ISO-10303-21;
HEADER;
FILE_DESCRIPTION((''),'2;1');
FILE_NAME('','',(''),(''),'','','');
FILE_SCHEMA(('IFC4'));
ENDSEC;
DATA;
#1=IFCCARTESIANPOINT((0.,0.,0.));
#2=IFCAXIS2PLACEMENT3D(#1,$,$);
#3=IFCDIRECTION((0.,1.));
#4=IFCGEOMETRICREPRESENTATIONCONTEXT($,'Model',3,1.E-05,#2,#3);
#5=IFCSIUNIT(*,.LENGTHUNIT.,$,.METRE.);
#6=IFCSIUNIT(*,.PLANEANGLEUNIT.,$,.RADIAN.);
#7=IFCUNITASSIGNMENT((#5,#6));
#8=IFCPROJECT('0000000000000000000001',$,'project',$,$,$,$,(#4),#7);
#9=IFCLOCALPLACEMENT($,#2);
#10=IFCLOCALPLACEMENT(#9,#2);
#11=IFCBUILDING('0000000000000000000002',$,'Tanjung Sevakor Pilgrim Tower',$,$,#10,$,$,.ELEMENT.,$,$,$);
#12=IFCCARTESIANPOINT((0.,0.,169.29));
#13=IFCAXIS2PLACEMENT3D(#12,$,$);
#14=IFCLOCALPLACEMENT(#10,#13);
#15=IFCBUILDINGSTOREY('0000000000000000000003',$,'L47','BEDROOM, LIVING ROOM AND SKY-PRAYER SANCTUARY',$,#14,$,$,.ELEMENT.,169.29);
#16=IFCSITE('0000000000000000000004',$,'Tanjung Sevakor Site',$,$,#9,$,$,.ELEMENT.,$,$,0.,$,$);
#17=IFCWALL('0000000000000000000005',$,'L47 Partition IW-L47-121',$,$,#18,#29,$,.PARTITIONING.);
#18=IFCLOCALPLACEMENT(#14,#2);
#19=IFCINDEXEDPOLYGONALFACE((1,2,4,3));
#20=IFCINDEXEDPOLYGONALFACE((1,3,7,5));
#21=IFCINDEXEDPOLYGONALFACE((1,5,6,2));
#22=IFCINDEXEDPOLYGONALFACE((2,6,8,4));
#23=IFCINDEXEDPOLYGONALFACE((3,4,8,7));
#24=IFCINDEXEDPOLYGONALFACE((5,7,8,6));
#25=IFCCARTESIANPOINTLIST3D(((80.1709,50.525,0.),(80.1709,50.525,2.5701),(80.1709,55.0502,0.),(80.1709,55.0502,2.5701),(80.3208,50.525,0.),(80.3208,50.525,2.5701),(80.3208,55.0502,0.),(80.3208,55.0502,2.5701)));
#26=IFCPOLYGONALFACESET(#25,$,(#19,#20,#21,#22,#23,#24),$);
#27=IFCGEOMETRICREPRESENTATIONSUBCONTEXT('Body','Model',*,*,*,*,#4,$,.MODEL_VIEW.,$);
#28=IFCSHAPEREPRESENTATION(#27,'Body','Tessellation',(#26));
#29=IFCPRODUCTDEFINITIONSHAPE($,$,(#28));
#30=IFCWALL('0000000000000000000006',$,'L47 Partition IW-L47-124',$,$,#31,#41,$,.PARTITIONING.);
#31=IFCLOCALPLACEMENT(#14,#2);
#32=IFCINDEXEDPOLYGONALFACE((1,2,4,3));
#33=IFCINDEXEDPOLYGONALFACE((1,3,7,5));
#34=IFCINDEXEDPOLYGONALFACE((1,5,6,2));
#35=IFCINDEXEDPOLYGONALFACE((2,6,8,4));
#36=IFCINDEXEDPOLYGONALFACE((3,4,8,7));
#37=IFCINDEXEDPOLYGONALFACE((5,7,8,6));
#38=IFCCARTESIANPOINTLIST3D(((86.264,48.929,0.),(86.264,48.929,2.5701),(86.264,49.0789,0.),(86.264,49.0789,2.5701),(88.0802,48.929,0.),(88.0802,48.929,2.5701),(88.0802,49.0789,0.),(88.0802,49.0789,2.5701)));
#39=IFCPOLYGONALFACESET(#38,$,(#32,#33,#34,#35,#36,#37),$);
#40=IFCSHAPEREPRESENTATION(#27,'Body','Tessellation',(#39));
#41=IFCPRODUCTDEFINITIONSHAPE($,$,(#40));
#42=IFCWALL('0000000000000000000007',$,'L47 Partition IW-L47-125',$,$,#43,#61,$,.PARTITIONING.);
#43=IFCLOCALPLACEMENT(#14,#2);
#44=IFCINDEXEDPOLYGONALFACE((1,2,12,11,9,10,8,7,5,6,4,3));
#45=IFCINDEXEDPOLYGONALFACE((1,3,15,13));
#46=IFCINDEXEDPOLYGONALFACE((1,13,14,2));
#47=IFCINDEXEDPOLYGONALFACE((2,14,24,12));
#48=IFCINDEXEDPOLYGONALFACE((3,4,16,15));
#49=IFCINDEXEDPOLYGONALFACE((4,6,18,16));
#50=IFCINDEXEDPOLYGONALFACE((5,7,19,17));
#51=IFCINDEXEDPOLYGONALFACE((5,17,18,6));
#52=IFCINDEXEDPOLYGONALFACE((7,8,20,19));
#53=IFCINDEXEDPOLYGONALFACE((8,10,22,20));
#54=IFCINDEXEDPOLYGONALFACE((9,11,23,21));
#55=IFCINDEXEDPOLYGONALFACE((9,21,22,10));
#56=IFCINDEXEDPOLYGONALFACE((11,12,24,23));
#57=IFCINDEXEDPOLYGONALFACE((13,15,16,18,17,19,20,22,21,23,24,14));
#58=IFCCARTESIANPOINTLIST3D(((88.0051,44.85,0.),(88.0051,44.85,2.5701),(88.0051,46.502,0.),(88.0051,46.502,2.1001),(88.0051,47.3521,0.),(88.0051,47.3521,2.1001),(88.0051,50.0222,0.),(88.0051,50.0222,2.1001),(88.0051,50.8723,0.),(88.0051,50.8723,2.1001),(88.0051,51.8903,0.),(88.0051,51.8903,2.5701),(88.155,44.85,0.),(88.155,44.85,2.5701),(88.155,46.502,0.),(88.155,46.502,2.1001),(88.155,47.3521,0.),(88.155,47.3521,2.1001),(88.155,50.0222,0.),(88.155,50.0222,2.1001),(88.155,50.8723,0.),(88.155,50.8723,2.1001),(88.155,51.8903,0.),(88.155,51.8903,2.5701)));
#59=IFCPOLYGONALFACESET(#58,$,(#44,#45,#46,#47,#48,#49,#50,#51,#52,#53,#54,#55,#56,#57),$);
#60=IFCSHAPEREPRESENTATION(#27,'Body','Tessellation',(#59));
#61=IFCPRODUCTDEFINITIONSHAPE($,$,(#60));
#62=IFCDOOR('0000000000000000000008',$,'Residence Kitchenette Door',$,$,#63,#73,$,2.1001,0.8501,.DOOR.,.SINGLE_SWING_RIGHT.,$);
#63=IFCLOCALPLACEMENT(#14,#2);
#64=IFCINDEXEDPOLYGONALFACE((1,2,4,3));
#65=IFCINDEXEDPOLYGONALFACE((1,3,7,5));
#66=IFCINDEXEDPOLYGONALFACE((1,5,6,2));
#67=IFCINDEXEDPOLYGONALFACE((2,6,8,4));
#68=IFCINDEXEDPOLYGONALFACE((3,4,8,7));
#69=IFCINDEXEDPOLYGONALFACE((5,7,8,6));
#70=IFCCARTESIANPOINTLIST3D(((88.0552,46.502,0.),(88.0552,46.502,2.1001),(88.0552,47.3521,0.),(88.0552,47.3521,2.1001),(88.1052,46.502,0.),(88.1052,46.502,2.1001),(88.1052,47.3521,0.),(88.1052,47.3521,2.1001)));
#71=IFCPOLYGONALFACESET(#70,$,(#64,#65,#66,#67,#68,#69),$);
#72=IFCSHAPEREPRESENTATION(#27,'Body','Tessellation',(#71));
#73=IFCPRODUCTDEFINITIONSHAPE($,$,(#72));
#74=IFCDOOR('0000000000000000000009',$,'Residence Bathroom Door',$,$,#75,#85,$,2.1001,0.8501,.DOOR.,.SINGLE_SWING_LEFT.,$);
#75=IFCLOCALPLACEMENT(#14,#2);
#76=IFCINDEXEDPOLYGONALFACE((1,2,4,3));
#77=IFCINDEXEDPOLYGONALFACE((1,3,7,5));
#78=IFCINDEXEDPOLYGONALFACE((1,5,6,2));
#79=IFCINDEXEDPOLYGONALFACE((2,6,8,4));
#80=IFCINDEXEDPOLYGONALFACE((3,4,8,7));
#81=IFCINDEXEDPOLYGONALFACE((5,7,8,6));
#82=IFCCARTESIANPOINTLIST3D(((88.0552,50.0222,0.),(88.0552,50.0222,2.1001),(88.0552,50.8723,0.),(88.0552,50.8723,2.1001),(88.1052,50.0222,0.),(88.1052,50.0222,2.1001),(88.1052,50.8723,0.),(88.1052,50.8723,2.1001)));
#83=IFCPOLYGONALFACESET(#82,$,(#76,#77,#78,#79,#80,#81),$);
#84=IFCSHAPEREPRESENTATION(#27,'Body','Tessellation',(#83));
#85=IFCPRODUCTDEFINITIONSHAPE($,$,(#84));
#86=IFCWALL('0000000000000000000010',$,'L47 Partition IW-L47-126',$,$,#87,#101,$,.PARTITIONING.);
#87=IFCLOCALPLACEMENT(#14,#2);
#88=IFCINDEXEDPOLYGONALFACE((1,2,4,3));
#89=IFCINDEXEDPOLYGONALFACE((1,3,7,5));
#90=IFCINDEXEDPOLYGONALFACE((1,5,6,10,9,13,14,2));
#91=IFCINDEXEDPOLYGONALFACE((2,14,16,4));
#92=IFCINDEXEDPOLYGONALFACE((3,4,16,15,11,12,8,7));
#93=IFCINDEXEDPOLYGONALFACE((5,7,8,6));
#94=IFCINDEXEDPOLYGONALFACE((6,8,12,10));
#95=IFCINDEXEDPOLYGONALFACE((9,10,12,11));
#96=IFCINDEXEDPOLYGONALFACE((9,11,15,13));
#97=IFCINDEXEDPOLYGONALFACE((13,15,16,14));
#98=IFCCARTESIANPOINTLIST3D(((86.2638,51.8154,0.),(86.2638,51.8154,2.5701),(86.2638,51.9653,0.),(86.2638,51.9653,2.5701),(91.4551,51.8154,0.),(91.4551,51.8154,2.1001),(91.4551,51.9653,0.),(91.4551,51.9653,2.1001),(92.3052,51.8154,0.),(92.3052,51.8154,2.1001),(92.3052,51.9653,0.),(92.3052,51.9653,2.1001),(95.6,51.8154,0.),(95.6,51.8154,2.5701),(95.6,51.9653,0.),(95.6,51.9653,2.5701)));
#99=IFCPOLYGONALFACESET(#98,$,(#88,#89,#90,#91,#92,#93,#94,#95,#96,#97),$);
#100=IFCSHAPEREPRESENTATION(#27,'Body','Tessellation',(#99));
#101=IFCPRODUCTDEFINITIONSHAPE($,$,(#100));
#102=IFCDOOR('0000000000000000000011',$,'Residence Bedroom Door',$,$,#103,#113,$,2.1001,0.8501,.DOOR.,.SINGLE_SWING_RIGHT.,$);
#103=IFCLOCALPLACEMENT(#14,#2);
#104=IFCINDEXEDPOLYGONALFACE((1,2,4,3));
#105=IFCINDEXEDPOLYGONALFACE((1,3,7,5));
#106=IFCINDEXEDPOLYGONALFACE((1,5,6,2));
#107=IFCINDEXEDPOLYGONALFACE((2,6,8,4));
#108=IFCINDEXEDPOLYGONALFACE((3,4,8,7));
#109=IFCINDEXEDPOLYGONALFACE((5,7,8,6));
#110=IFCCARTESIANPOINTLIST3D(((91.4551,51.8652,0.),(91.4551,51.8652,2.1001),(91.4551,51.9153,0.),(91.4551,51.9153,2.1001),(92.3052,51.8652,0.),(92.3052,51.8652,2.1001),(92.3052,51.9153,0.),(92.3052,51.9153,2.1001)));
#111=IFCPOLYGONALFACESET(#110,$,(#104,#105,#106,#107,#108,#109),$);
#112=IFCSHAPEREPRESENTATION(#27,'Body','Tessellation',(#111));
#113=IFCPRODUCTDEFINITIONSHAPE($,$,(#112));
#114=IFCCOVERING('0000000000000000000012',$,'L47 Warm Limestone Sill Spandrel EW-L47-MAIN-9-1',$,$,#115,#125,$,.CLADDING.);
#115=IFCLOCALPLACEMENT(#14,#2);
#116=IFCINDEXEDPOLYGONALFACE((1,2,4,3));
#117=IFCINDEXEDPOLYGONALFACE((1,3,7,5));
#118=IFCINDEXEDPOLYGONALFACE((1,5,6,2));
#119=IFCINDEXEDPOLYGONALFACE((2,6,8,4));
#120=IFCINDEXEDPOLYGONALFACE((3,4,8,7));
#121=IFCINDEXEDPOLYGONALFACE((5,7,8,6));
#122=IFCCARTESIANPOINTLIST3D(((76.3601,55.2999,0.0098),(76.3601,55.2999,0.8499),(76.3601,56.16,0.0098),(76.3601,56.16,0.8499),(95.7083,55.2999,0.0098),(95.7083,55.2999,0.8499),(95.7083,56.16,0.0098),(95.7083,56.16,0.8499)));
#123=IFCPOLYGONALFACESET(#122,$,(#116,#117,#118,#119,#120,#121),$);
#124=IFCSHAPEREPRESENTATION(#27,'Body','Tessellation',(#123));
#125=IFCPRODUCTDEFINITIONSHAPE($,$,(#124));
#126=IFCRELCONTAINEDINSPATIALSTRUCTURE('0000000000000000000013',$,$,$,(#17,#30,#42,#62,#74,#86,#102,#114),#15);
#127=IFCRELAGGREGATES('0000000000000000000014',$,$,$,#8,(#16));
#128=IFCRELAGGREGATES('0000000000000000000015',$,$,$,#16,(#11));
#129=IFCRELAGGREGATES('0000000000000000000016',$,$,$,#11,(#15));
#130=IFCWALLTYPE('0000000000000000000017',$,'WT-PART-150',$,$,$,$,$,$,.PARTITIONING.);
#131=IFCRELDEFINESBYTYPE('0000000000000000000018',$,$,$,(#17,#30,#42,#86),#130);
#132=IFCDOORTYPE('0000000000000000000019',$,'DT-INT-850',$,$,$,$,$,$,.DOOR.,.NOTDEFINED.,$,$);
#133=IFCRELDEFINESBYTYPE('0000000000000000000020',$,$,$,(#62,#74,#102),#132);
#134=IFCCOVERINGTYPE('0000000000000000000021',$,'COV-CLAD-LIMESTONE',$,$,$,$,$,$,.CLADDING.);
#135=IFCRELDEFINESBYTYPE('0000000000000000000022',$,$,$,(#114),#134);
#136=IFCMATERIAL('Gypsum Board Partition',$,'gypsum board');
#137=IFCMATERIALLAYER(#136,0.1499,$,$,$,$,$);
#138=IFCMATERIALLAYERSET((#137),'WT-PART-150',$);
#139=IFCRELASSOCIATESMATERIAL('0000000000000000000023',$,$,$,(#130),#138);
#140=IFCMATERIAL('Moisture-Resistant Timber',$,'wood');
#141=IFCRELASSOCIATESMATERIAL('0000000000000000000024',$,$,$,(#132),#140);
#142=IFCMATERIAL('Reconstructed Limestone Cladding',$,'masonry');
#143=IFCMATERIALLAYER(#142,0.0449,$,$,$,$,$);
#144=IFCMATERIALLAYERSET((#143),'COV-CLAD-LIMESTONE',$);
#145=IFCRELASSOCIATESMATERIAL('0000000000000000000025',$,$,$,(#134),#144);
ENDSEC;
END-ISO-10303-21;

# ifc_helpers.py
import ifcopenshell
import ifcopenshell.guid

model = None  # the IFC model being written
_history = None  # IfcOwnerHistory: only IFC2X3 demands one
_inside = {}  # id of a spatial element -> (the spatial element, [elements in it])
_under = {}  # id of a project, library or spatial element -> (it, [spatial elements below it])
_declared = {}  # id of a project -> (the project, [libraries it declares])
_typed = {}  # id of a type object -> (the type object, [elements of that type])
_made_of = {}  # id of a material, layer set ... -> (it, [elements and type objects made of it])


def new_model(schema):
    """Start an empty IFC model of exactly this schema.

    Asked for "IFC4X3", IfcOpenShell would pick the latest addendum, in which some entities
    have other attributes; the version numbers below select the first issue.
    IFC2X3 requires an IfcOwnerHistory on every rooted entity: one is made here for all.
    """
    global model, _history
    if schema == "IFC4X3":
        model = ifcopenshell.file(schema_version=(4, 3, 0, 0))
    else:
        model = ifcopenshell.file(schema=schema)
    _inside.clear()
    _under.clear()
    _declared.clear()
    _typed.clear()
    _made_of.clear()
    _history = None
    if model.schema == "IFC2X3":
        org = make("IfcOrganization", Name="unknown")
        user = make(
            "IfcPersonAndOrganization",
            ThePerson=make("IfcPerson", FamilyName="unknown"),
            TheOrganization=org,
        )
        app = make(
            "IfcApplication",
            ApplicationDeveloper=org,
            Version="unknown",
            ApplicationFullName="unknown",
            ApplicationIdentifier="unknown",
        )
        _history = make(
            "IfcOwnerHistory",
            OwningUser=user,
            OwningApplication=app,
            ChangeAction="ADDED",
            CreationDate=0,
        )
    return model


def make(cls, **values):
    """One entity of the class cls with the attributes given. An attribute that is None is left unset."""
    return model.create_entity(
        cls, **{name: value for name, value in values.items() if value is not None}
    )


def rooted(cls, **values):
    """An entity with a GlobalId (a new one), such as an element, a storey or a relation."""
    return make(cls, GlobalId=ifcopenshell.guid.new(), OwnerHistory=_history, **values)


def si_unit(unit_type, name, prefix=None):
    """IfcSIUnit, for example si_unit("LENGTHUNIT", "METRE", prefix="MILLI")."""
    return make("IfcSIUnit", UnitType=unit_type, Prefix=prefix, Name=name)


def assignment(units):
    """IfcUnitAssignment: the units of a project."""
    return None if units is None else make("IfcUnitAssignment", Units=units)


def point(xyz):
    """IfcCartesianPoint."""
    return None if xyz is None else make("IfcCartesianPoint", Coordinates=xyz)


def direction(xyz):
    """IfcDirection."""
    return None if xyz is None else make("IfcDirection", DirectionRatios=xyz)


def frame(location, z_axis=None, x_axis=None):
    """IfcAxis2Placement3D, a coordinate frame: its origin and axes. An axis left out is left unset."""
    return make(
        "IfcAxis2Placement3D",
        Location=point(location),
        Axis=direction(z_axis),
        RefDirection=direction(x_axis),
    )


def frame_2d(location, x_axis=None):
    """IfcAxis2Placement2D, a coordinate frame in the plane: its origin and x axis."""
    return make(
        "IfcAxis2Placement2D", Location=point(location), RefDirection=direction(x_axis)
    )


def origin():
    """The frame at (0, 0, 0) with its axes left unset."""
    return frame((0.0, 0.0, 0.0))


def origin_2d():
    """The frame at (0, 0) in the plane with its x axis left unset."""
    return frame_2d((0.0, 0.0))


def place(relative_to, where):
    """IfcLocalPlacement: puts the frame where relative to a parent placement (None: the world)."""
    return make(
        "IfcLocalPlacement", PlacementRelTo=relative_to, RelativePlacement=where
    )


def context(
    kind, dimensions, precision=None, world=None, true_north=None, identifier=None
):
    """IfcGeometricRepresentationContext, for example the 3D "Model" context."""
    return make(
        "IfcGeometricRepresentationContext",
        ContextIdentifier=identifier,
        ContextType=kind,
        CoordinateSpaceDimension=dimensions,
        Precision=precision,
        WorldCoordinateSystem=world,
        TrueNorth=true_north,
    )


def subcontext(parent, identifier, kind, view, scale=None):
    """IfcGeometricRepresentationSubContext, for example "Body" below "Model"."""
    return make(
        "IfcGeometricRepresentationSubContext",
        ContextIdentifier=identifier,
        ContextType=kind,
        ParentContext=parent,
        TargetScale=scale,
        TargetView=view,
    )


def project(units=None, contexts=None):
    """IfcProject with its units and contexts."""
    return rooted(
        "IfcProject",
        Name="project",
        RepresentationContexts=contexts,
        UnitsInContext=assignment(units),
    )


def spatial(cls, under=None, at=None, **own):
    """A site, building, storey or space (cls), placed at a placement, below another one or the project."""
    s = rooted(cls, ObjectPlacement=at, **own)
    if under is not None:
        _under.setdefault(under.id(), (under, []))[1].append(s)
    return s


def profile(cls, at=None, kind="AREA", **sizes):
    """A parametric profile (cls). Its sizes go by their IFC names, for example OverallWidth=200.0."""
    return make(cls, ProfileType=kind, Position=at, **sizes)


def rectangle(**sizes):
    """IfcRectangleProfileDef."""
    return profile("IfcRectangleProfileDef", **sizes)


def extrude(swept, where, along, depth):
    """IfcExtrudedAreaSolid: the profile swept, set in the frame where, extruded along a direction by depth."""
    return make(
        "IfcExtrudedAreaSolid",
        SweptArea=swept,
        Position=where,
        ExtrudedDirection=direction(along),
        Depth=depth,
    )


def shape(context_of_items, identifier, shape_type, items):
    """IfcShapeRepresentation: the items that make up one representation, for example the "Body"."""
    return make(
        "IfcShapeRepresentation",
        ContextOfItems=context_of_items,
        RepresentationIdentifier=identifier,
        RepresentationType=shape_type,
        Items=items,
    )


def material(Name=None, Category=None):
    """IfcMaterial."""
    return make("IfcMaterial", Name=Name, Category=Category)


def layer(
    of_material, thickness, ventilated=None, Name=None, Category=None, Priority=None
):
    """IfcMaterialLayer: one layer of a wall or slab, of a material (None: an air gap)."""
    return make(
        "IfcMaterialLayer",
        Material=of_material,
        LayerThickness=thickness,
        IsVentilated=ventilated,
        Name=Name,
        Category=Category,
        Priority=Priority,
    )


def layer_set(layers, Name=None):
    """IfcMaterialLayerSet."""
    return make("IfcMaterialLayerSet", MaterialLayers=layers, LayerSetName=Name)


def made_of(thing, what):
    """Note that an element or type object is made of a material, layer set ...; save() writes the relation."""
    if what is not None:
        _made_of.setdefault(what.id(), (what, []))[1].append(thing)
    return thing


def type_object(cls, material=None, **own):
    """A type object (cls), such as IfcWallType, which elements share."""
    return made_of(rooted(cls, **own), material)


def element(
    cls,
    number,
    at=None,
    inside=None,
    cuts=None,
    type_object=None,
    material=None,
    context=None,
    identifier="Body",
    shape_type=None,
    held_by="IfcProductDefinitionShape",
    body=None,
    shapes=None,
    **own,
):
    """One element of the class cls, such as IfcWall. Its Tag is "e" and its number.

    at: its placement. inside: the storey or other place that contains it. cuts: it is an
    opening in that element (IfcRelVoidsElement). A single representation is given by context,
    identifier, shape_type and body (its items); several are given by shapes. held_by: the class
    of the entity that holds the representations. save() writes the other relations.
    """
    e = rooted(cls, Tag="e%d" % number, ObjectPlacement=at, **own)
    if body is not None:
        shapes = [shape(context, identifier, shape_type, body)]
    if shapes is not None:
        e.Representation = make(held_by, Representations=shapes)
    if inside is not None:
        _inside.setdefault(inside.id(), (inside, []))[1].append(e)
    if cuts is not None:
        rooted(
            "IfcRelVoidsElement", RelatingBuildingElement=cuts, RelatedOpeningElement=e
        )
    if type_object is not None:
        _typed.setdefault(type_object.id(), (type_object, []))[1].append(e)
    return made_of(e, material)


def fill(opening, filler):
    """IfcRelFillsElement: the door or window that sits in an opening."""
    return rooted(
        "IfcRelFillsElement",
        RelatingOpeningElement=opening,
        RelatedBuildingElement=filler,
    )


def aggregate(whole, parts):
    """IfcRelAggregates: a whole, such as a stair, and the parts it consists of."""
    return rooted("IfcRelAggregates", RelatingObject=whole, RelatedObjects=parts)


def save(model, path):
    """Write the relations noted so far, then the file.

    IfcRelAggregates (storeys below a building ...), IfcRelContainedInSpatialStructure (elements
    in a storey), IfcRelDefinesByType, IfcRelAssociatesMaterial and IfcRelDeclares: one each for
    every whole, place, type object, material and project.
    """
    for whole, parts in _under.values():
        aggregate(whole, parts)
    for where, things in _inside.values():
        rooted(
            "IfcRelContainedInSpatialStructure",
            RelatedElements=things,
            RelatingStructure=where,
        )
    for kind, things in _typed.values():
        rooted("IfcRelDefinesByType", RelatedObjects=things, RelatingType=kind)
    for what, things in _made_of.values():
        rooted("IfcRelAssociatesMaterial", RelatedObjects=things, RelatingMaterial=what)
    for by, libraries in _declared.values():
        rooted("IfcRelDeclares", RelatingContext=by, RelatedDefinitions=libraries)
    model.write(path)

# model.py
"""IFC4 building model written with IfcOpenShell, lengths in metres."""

from ifc_helpers import new_model, si_unit, direction, frame, frame_2d, origin, origin_2d, place, context, subcontext, project, spatial, rectangle, extrude, material, layer, layer_set, type_object, element, fill, save


model = new_model("IFC4")

# Units and contexts
model_context = context("Model", 3, precision=1e-05, world=origin(), true_north=direction((0.0, 1.0)))
body_context = subcontext(model_context, "Body", "Model", "MODEL_VIEW")
ifc_project = project(units=[si_unit("LENGTHUNIT", "METRE"), si_unit("PLANEANGLEUNIT", "RADIAN")], contexts=[model_context])

# Site, building, storey
site_placement = place(None, origin())
site = spatial("IfcSite", under=ifc_project, at=site_placement, Name="Tanjung Sevakor Site", CompositionType="ELEMENT", RefElevation=0.0)
building_placement = place(site_placement, origin())
building = spatial("IfcBuilding", under=site, at=building_placement, Name="Tanjung Sevakor Pilgrim Tower", CompositionType="ELEMENT")
storey_placement = place(building_placement, frame((0.0, 0.0, 169.29)))
storey = spatial("IfcBuildingStorey", under=building, at=storey_placement, Name="L47", Description="BEDROOM, LIVING ROOM AND SKY-PRAYER SANCTUARY", CompositionType="ELEMENT", Elevation=169.29)

# Walls
ifc_material_1 = material(Name="Gypsum Board Partition", Category="gypsum board")
ifc_layer_1 = layer(ifc_material_1, 0.1499)
ifc_layer_set_1 = layer_set([ifc_layer_1], Name="WT-PART-150")
wall_type_1 = type_object("IfcWallType", Name="WT-PART-150", PredefinedType="PARTITIONING", material=ifc_layer_set_1)
wall_1_placement = place(storey_placement, frame((80.2458, 50.5249, 0.0), z_axis=(0.0, 0.0, 1.0), x_axis=(0.0, 1.0, 0.0)))
element("IfcWall", 1, at=wall_1_placement, inside=storey, type_object=wall_type_1, Name="L47 Partition IW-L47-121", PredefinedType="PARTITIONING", context=body_context, shape_type="SweptSolid", body=[
    extrude(rectangle(XDim=4.5251, YDim=0.1499, at=frame_2d((2.2627, 0.0))), origin(), (0.0, 0.0, 1.0), 2.5701),
])
wall_2_placement = place(storey_placement, frame((86.2639, 49.0039, 0.0), z_axis=(0.0, 0.0, 1.0), x_axis=(1.0, 0.0, 0.0)))
element("IfcWall", 2, at=wall_2_placement, inside=storey, type_object=wall_type_1, Name="L47 Partition IW-L47-124", PredefinedType="PARTITIONING", context=body_context, shape_type="SweptSolid", body=[
    extrude(rectangle(XDim=1.8162, YDim=0.1499, at=frame_2d((0.9082, 0.0))), origin(), (0.0, 0.0, 1.0), 2.5701),
])

# Wall, openings, doors
wall_3_placement = place(storey_placement, frame((88.0801, 44.8501, 0.0), z_axis=(0.0, 0.0, 1.0), x_axis=(0.0, 1.0, 0.0)))
wall_3 = element("IfcWall", 3, at=wall_3_placement, inside=storey, type_object=wall_type_1, Name="L47 Partition IW-L47-125", PredefinedType="PARTITIONING", context=body_context, shape_type="SweptSolid", body=[
    extrude(rectangle(XDim=7.0403, YDim=0.1499, at=frame_2d((3.52, 0.0))), origin(), (0.0, 0.0, 1.0), 2.5701),
])
opening_1_placement = place(wall_3_placement, frame((1.6519, 0.0, 0.0)))
opening_1 = element("IfcOpeningElement", 4, at=opening_1_placement, cuts=wall_3, PredefinedType="OPENING", context=body_context, shape_type="SweptSolid", body=[
    extrude(rectangle(XDim=0.8501, YDim=2.1001, at=frame_2d((0.425, 1.05))), frame((0.0, 0.085, 0.0), z_axis=(0.0, -1.0, 0.0), x_axis=(1.0, 0.0, 0.0)), (0.0, 0.0, 1.0), 0.1699),
])
opening_2_placement = place(wall_3_placement, frame((5.1721, 0.0, 0.0)))
opening_2 = element("IfcOpeningElement", 5, at=opening_2_placement, cuts=wall_3, PredefinedType="OPENING", context=body_context, shape_type="SweptSolid", body=[
    extrude(rectangle(XDim=0.8501, YDim=2.1001, at=frame_2d((0.425, 1.05))), frame((0.0, 0.085, 0.0), z_axis=(0.0, -1.0, 0.0), x_axis=(1.0, 0.0, 0.0)), (0.0, 0.0, 1.0), 0.1699),
])
ifc_material_2 = material(Name="Moisture-Resistant Timber", Category="wood")
door_type_1 = type_object("IfcDoorType", Name="DT-INT-850", OperationType="NOTDEFINED", PredefinedType="DOOR", material=ifc_material_2)
door_1_placement = place(opening_1_placement, origin())
door_1 = element("IfcDoor", 6, at=door_1_placement, inside=storey, type_object=door_type_1, Name="Residence Kitchenette Door", OperationType="SINGLE_SWING_RIGHT", OverallHeight=2.1001, OverallWidth=0.8501, PredefinedType="DOOR", context=body_context, shape_type="SweptSolid", body=[
    extrude(rectangle(XDim=0.8501, YDim=2.1001, at=frame_2d((0.425, 1.05))), frame((0.0, 0.0249, 0.0), z_axis=(0.0, -1.0, 0.0), x_axis=(1.0, 0.0, 0.0)), (0.0, 0.0, 1.0), 0.05),
])
fill(opening_1, door_1)
door_2_placement = place(opening_2_placement, origin())
door_2 = element("IfcDoor", 7, at=door_2_placement, inside=storey, type_object=door_type_1, Name="Residence Bathroom Door", OperationType="SINGLE_SWING_LEFT", OverallHeight=2.1001, OverallWidth=0.8501, PredefinedType="DOOR", context=body_context, shape_type="SweptSolid", body=[
    extrude(rectangle(XDim=0.8501, YDim=2.1001, at=frame_2d((0.425, 1.05))), frame((0.0, 0.0249, 0.0), z_axis=(0.0, -1.0, 0.0), x_axis=(1.0, 0.0, 0.0)), (0.0, 0.0, 1.0), 0.05),
])
fill(opening_2, door_2)

# Wall, opening, door
wall_4_placement = place(storey_placement, frame((86.2639, 51.8904, 0.0), z_axis=(0.0, 0.0, 1.0), x_axis=(1.0, 0.0, 0.0)))
wall_4 = element("IfcWall", 8, at=wall_4_placement, inside=storey, type_object=wall_type_1, Name="L47 Partition IW-L47-126", PredefinedType="PARTITIONING", context=body_context, shape_type="SweptSolid", body=[
    extrude(rectangle(XDim=9.3362, YDim=0.1499, at=frame_2d((4.668, 0.0))), origin(), (0.0, 0.0, 1.0), 2.5701),
])
opening_3_placement = place(wall_4_placement, frame((5.1912, 0.0, 0.0)))
opening_3 = element("IfcOpeningElement", 9, at=opening_3_placement, cuts=wall_4, PredefinedType="OPENING", context=body_context, shape_type="SweptSolid", body=[
    extrude(rectangle(XDim=0.8501, YDim=2.1001, at=frame_2d((0.425, 1.05))), frame((0.0, 0.085, 0.0), z_axis=(0.0, -1.0, 0.0), x_axis=(1.0, 0.0, 0.0)), (0.0, 0.0, 1.0), 0.1699),
])
door_3_placement = place(opening_3_placement, origin())
door_3 = element("IfcDoor", 10, at=door_3_placement, inside=storey, type_object=door_type_1, Name="Residence Bedroom Door", OperationType="SINGLE_SWING_RIGHT", OverallHeight=2.1001, OverallWidth=0.8501, PredefinedType="DOOR", context=body_context, shape_type="SweptSolid", body=[
    extrude(rectangle(XDim=0.8501, YDim=2.1001, at=frame_2d((0.425, 1.05))), frame((0.0, 0.0249, 0.0), z_axis=(0.0, -1.0, 0.0), x_axis=(1.0, 0.0, 0.0)), (0.0, 0.0, 1.0), 0.05),
])
fill(opening_3, door_3)

# Covering
ifc_material_3 = material(Name="Reconstructed Limestone Cladding", Category="masonry")
ifc_layer_2 = layer(ifc_material_3, 0.0449)
ifc_layer_set_2 = layer_set([ifc_layer_2], Name="COV-CLAD-LIMESTONE")
covering_type = type_object("IfcCoveringType", Name="COV-CLAD-LIMESTONE", PredefinedType="CLADDING", material=ifc_layer_set_2)
covering_placement = place(storey_placement, frame((86.0342, 55.73, 0.0098), z_axis=(0.0, 0.0, 1.0), x_axis=(-1.0, 0.0, 0.0)))
element("IfcCovering", 11, at=covering_placement, inside=storey, type_object=covering_type, Name="L47 Warm Limestone Sill Spandrel EW-L47-MAIN-9-1", PredefinedType="CLADDING", context=body_context, shape_type="SweptSolid", body=[
    extrude(rectangle(XDim=19.3481, YDim=0.8601, at=origin_2d()), origin(), (0.0, 0.0, 1.0), 0.8401),
])

save(model, "model.ifc")
